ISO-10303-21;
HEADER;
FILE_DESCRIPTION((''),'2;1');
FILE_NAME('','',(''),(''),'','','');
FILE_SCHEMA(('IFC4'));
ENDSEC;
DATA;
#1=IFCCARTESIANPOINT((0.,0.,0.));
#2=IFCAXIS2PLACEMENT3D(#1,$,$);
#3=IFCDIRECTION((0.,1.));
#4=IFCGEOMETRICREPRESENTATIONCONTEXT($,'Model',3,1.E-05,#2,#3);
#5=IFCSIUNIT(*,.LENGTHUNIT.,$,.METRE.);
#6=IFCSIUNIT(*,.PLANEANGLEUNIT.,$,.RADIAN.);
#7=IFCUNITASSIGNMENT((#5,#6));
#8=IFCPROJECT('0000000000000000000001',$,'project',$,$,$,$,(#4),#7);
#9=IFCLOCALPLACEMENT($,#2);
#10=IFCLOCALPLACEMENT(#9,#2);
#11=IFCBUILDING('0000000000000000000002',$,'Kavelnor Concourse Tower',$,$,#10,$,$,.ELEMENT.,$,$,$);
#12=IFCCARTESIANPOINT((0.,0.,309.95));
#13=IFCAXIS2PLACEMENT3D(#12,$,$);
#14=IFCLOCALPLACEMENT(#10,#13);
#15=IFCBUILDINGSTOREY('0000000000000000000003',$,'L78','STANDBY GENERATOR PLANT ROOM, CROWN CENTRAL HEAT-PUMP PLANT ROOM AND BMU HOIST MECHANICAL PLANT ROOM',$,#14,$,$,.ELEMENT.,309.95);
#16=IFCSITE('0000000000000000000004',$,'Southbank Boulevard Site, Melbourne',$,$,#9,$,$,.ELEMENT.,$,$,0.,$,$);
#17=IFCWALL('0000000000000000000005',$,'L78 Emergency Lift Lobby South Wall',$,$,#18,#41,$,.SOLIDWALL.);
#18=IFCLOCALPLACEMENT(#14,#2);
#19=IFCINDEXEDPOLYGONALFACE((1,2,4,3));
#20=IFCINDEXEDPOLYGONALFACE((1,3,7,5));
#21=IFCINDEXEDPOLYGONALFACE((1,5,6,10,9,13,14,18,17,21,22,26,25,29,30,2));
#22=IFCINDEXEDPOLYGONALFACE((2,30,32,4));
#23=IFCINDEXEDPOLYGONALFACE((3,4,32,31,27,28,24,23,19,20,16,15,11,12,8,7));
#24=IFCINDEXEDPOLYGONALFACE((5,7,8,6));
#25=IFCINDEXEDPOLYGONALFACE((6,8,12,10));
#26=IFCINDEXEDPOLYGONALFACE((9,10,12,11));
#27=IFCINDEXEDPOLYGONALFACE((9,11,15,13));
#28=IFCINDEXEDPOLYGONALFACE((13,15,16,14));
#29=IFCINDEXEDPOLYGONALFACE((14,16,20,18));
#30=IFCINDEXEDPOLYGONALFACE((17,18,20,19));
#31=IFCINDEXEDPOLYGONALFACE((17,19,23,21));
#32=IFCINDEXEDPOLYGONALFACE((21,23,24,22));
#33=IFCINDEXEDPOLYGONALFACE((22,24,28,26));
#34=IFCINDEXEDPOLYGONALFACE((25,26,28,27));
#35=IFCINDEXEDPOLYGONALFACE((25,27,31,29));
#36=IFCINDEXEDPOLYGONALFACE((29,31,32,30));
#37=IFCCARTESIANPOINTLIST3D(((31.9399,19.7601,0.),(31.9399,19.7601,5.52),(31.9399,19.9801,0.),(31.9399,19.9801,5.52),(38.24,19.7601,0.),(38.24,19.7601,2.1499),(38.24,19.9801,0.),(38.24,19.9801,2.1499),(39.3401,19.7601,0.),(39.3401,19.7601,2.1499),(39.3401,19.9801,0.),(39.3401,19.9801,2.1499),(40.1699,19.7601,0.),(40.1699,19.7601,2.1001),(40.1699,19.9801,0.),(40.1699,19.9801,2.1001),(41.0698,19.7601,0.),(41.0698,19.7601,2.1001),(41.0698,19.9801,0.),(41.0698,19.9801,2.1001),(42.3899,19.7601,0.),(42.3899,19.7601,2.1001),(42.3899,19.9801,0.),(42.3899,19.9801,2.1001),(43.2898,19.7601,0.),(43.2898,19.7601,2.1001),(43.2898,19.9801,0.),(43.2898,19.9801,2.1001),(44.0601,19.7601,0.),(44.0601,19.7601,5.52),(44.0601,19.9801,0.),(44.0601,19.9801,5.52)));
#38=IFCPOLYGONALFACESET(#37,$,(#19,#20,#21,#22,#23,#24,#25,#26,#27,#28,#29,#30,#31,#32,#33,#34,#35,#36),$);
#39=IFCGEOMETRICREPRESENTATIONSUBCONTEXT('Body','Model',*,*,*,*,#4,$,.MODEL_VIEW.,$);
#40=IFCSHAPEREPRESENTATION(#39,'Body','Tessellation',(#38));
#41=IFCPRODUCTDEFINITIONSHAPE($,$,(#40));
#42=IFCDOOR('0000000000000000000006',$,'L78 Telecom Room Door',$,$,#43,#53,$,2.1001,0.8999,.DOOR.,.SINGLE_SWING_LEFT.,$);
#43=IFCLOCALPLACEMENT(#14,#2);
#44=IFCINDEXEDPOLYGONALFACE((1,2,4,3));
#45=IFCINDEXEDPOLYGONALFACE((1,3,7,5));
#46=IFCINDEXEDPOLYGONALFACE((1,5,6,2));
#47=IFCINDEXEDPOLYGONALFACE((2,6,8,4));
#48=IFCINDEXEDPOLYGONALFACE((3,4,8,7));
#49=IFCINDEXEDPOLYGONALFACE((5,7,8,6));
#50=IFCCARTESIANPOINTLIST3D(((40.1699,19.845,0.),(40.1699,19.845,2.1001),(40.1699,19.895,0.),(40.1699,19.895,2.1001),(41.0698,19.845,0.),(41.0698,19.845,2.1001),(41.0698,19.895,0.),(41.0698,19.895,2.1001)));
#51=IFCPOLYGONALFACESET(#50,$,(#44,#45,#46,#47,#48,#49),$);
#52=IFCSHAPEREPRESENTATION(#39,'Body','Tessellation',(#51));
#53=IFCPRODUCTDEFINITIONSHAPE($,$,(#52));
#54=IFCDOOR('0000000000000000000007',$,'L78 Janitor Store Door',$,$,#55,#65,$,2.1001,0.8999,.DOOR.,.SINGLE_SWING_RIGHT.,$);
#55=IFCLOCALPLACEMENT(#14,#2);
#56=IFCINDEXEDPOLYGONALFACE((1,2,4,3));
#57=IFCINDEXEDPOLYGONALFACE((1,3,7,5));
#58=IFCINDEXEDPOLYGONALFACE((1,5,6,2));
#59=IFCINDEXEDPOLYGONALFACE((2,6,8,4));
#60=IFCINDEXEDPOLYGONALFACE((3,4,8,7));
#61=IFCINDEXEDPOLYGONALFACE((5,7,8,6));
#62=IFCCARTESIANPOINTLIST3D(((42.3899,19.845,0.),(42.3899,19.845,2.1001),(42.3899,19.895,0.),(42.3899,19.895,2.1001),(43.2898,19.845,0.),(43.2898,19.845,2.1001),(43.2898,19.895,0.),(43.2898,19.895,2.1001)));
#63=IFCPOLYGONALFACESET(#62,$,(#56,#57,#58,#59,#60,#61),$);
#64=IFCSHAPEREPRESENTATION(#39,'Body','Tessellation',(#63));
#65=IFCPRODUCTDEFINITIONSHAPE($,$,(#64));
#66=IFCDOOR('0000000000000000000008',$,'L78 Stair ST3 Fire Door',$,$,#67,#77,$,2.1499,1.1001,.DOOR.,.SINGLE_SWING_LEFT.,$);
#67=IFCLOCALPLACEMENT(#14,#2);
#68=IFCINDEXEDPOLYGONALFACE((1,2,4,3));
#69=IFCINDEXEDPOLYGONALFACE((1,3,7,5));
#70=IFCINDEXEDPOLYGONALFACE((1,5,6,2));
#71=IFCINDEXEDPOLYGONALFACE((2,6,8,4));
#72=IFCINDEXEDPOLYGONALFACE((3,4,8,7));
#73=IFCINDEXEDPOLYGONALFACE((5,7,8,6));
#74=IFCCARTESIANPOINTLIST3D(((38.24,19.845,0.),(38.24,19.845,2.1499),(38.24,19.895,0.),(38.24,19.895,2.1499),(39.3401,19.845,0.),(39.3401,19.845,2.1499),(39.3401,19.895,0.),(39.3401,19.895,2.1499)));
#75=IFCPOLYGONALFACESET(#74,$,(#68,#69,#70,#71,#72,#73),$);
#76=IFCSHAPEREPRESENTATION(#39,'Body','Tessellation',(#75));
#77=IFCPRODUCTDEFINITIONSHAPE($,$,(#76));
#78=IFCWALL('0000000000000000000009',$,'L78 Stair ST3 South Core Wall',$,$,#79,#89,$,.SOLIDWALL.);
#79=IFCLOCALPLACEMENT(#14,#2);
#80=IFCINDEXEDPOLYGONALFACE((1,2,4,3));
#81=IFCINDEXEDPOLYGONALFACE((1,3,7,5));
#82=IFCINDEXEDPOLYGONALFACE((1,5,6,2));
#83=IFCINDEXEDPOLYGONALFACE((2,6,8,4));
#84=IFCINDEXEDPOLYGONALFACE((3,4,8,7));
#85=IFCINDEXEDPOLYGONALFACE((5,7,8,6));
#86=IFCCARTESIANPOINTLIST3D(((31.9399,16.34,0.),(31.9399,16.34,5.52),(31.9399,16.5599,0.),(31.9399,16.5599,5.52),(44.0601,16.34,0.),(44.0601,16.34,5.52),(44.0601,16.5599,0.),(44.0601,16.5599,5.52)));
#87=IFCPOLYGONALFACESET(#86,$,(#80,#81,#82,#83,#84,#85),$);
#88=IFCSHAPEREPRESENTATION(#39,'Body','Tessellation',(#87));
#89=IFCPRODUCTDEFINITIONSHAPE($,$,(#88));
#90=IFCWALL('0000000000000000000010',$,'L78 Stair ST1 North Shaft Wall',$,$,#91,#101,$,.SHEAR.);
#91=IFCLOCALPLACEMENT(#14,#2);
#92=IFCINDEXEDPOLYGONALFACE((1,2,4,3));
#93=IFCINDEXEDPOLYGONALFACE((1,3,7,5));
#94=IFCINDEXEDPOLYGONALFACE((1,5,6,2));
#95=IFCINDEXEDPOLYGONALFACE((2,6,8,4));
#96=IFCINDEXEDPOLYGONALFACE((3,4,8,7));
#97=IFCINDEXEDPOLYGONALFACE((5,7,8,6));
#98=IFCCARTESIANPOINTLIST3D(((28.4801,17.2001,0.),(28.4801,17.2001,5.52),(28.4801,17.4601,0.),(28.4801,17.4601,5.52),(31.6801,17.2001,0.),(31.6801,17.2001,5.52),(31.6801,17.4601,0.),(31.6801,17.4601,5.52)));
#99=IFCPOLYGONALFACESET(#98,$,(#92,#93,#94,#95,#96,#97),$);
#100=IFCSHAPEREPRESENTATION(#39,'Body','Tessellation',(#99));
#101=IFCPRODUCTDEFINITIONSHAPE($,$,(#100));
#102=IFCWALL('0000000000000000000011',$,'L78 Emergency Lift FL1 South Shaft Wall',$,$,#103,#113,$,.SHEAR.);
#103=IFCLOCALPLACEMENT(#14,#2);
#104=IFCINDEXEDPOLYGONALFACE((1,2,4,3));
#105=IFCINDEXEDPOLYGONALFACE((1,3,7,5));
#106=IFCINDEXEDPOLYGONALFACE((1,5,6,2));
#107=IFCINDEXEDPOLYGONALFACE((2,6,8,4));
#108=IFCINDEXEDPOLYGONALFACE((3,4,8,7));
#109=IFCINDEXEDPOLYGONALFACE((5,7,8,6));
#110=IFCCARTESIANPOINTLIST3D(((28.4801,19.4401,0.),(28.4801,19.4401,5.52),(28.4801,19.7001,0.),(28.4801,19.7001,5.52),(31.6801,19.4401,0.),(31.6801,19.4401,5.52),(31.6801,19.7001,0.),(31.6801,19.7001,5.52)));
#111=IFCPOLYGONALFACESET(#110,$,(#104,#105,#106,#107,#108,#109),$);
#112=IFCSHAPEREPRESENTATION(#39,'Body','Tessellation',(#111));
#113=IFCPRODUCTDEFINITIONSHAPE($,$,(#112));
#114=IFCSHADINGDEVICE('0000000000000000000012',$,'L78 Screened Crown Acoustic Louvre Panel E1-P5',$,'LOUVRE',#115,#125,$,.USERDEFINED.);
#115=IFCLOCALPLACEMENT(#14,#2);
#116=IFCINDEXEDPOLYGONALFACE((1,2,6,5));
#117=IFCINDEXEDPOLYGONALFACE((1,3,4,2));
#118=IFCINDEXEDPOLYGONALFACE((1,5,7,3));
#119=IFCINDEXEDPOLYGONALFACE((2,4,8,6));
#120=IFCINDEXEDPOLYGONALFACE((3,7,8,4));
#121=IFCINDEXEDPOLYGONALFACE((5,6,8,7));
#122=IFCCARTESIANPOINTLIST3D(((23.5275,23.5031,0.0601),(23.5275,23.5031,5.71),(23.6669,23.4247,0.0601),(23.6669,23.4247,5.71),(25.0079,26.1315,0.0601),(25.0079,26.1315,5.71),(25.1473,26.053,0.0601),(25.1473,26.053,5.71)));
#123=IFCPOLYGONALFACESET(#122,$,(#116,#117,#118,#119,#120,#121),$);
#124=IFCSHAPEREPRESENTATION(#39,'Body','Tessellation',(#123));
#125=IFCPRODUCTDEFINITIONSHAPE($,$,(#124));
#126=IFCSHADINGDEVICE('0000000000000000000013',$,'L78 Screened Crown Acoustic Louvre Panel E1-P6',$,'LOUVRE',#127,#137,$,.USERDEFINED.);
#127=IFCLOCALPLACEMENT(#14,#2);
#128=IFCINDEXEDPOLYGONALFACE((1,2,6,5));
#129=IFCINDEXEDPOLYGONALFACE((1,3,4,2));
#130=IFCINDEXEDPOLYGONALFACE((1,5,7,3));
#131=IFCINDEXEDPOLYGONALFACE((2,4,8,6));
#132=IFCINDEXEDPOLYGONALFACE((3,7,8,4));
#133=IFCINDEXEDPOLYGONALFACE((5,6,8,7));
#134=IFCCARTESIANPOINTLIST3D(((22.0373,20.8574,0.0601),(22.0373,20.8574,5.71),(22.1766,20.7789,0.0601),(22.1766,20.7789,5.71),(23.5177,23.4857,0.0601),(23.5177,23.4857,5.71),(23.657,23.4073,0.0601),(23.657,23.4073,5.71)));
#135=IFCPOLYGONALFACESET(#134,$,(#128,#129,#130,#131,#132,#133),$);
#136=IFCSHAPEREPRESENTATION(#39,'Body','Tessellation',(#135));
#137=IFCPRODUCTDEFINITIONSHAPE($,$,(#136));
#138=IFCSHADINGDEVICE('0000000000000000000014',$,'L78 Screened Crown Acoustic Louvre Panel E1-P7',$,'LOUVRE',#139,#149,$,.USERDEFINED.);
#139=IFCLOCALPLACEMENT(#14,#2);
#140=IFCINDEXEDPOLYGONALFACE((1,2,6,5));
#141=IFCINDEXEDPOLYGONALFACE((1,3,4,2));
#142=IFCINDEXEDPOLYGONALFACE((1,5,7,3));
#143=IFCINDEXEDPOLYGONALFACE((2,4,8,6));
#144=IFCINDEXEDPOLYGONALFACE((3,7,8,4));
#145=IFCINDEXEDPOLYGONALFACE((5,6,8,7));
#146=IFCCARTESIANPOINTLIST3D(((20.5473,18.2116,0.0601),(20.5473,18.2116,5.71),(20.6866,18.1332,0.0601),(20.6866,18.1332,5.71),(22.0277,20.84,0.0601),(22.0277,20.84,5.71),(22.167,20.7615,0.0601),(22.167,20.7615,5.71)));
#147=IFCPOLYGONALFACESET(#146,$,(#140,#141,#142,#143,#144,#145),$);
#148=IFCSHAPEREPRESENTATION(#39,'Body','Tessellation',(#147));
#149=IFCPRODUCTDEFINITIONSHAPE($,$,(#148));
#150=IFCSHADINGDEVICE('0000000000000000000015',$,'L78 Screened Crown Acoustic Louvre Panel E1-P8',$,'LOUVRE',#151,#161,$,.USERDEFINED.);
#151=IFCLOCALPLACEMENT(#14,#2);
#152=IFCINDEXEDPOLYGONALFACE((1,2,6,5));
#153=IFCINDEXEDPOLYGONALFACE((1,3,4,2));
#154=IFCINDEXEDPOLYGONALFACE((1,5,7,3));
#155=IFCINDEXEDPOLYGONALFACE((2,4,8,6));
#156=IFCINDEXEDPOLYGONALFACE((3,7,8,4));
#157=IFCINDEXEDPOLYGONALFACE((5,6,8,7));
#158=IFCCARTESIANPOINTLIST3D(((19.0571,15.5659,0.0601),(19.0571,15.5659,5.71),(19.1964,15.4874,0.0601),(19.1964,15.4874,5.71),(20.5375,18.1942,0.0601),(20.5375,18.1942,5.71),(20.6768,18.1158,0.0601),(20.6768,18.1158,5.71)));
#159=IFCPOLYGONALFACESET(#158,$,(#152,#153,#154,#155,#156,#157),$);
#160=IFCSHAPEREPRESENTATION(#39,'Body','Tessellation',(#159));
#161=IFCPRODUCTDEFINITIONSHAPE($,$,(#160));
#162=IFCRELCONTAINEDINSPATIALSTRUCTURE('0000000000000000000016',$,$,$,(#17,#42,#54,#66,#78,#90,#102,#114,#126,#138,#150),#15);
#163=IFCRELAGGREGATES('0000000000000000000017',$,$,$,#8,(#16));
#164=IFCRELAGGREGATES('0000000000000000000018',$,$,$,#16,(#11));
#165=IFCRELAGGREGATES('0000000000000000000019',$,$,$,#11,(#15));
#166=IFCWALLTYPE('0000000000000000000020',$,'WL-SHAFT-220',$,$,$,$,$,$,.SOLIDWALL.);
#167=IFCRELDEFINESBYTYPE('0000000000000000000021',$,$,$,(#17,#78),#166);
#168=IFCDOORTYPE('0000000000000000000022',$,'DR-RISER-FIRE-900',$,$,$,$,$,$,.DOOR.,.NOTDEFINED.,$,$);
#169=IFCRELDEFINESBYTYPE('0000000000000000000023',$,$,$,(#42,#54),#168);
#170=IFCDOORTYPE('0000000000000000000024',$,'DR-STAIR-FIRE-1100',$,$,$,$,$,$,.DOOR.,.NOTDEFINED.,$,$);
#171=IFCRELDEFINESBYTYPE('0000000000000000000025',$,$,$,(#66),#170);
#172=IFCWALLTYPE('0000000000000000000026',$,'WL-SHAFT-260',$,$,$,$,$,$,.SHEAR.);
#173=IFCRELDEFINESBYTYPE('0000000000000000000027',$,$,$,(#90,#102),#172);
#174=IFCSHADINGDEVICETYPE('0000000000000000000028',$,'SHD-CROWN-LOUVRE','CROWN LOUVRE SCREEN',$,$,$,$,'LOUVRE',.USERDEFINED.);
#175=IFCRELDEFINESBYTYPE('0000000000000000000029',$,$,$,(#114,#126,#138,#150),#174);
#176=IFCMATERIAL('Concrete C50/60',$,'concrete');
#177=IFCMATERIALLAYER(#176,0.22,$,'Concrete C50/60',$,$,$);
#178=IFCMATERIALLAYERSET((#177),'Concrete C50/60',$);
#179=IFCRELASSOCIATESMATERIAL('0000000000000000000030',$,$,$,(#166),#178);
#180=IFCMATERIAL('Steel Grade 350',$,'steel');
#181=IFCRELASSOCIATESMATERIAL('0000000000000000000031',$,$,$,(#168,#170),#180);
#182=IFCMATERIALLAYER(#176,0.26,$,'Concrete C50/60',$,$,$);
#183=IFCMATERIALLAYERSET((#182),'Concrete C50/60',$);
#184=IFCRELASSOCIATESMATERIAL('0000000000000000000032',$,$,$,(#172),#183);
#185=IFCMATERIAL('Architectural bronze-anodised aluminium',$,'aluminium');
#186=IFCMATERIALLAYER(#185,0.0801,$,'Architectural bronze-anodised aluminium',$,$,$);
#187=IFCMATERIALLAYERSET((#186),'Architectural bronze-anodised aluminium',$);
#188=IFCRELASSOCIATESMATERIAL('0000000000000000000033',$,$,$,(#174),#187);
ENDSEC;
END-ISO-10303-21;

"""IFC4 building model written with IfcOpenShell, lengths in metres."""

from ifc_helpers import new_model, si_unit, direction, frame, frame_2d, origin, origin_2d, place, context, subcontext, project, spatial, rectangle, extrude, material, layer, layer_set, type_object, element, fill, save


model = new_model("IFC4")

# Units and contexts
model_context = context("Model", 3, precision=1e-05, world=origin(), true_north=direction((0.0, 1.0)))
body_context = subcontext(model_context, "Body", "Model", "MODEL_VIEW")
ifc_project = project(units=[si_unit("LENGTHUNIT", "METRE"), si_unit("PLANEANGLEUNIT", "RADIAN")], contexts=[model_context])

# Site, building, storey
site_placement = place(None, origin())
site = spatial("IfcSite", under=ifc_project, at=site_placement, Name="Southbank Boulevard Site, Melbourne", CompositionType="ELEMENT", RefElevation=0.0)
building_placement = place(site_placement, origin())
building = spatial("IfcBuilding", under=site, at=building_placement, Name="Kavelnor Concourse Tower", CompositionType="ELEMENT")
storey_placement = place(building_placement, frame((0.0, 0.0, 309.95)))
storey = spatial("IfcBuildingStorey", under=building, at=storey_placement, Name="L78", Description="STANDBY GENERATOR PLANT ROOM, CROWN CENTRAL HEAT-PUMP PLANT ROOM AND BMU HOIST MECHANICAL PLANT ROOM", CompositionType="ELEMENT", Elevation=309.95)

# Shared definitions
ifc_material_1 = material(Name="Steel Grade 350", Category="steel")

# Wall, openings, doors
ifc_material_2 = material(Name="Concrete C50/60", Category="concrete")
ifc_layer_1 = layer(ifc_material_2, 0.22, Name="Concrete C50/60")
ifc_layer_set_1 = layer_set([ifc_layer_1], Name="Concrete C50/60")
wall_type_1 = type_object("IfcWallType", Name="WL-SHAFT-220", PredefinedType="SOLIDWALL", material=ifc_layer_set_1)
wall_1_placement = place(storey_placement, frame((31.9399, 19.8701, 0.0), z_axis=(0.0, 0.0, 1.0), x_axis=(1.0, 0.0, 0.0)))
wall_1 = element("IfcWall", 1, at=wall_1_placement, inside=storey, type_object=wall_type_1, Name="L78 Emergency Lift Lobby South Wall", PredefinedType="SOLIDWALL", context=body_context, shape_type="SweptSolid", body=[
    extrude(rectangle(XDim=12.1201, YDim=0.22, at=frame_2d((6.0601, 0.0))), origin(), (0.0, 0.0, 1.0), 5.52),
])
opening_1_placement = place(wall_1_placement, frame((6.3, 0.0, 0.0)))
opening_1 = element("IfcOpeningElement", 2, at=opening_1_placement, cuts=wall_1, PredefinedType="OPENING", context=body_context, shape_type="SweptSolid", body=[
    extrude(rectangle(XDim=1.1001, YDim=2.1499, at=frame_2d((0.55, 1.075))), frame((0.0, 0.1201, 0.0), z_axis=(0.0, -1.0, 0.0), x_axis=(1.0, 0.0, 0.0)), (0.0, 0.0, 1.0), 0.24),
])
opening_2_placement = place(wall_1_placement, frame((8.23, 0.0, 0.0)))
opening_2 = element("IfcOpeningElement", 3, at=opening_2_placement, cuts=wall_1, PredefinedType="OPENING", context=body_context, shape_type="SweptSolid", body=[
    extrude(rectangle(XDim=0.8999, YDim=2.1001, at=frame_2d((0.45, 1.05))), frame((0.0, 0.1201, 0.0), z_axis=(0.0, -1.0, 0.0), x_axis=(1.0, 0.0, 0.0)), (0.0, 0.0, 1.0), 0.24),
])
opening_3_placement = place(wall_1_placement, frame((10.45, 0.0, 0.0)))
opening_3 = element("IfcOpeningElement", 4, at=opening_3_placement, cuts=wall_1, PredefinedType="OPENING", context=body_context, shape_type="SweptSolid", body=[
    extrude(rectangle(XDim=0.8999, YDim=2.1001, at=frame_2d((0.45, 1.05))), frame((0.0, 0.1201, 0.0), z_axis=(0.0, -1.0, 0.0), x_axis=(1.0, 0.0, 0.0)), (0.0, 0.0, 1.0), 0.24),
])
door_type_1 = type_object("IfcDoorType", Name="DR-RISER-FIRE-900", OperationType="NOTDEFINED", PredefinedType="DOOR", material=ifc_material_1)
door_1_placement = place(opening_2_placement, origin())
door_1 = element("IfcDoor", 5, at=door_1_placement, inside=storey, type_object=door_type_1, Name="L78 Telecom Room Door", OperationType="SINGLE_SWING_LEFT", OverallHeight=2.1001, OverallWidth=0.8999, PredefinedType="DOOR", context=body_context, shape_type="SweptSolid", body=[
    extrude(rectangle(XDim=0.8999, YDim=2.1001, at=frame_2d((0.45, 1.05))), frame((0.0, 0.0249, 0.0), z_axis=(0.0, -1.0, 0.0), x_axis=(1.0, 0.0, 0.0)), (0.0, 0.0, 1.0), 0.05),
])
fill(opening_2, door_1)
door_2_placement = place(opening_3_placement, origin())
door_2 = element("IfcDoor", 6, at=door_2_placement, inside=storey, type_object=door_type_1, Name="L78 Janitor Store Door", OperationType="SINGLE_SWING_RIGHT", OverallHeight=2.1001, OverallWidth=0.8999, PredefinedType="DOOR", context=body_context, shape_type="SweptSolid", body=[
    extrude(rectangle(XDim=0.8999, YDim=2.1001, at=frame_2d((0.45, 1.05))), frame((0.0, 0.0249, 0.0), z_axis=(0.0, -1.0, 0.0), x_axis=(1.0, 0.0, 0.0)), (0.0, 0.0, 1.0), 0.05),
])
fill(opening_3, door_2)
door_type_2 = type_object("IfcDoorType", Name="DR-STAIR-FIRE-1100", OperationType="NOTDEFINED", PredefinedType="DOOR", material=ifc_material_1)
door_3_placement = place(opening_1_placement, origin())
door_3 = element("IfcDoor", 7, at=door_3_placement, inside=storey, type_object=door_type_2, Name="L78 Stair ST3 Fire Door", OperationType="SINGLE_SWING_LEFT", OverallHeight=2.1499, OverallWidth=1.1001, PredefinedType="DOOR", context=body_context, shape_type="SweptSolid", body=[
    extrude(rectangle(XDim=1.1001, YDim=2.1499, at=frame_2d((0.55, 1.075))), frame((0.0, 0.0249, 0.0), z_axis=(0.0, -1.0, 0.0), x_axis=(1.0, 0.0, 0.0)), (0.0, 0.0, 1.0), 0.05),
])
fill(opening_1, door_3)

# Walls
wall_2_placement = place(storey_placement, frame((31.9399, 16.45, 0.0), z_axis=(0.0, 0.0, 1.0), x_axis=(1.0, 0.0, 0.0)))
element("IfcWall", 8, at=wall_2_placement, inside=storey, type_object=wall_type_1, Name="L78 Stair ST3 South Core Wall", PredefinedType="SOLIDWALL", context=body_context, shape_type="SweptSolid", body=[
    extrude(rectangle(XDim=12.1201, YDim=0.22, at=frame_2d((6.0601, 0.0))), origin(), (0.0, 0.0, 1.0), 5.52),
])
ifc_layer_2 = layer(ifc_material_2, 0.26, Name="Concrete C50/60")
ifc_layer_set_2 = layer_set([ifc_layer_2], Name="Concrete C50/60")
wall_type_2 = type_object("IfcWallType", Name="WL-SHAFT-260", PredefinedType="SHEAR", material=ifc_layer_set_2)
for number, where, z_axis, x_axis, name in (
    (9, (28.48, 17.3301, 0.0), (0.0, 0.0, 1.0), (1.0, 0.0, 0.0), "L78 Stair ST1 North Shaft Wall"),
    (10, (28.48, 19.5701, 0.0), (0.0, 0.0, 1.0), (1.0, 0.0, 0.0), "L78 Emergency Lift FL1 South Shaft Wall"),
):
    element("IfcWall", number, at=place(storey_placement, frame(where, z_axis=z_axis, x_axis=x_axis)), inside=storey, type_object=wall_type_2, Name=name, PredefinedType="SHEAR", context=body_context, shape_type="SweptSolid", body=[
        extrude(rectangle(XDim=3.2, YDim=0.26, at=frame_2d((1.6001, 0.0))), origin(), (0.0, 0.0, 1.0), 5.52),
    ])

# Shading devices
ifc_material_3 = material(Name="Architectural bronze-anodised aluminium", Category="aluminium")
ifc_layer_3 = layer(ifc_material_3, 0.0801, Name="Architectural bronze-anodised aluminium")
ifc_layer_set_3 = layer_set([ifc_layer_3], Name="Architectural bronze-anodised aluminium")
shading_device_type = type_object("IfcShadingDeviceType", Name="SHD-CROWN-LOUVRE", Description="CROWN LOUVRE SCREEN", ElementType="LOUVRE", PredefinedType="USERDEFINED", material=ifc_layer_set_3)
for number, where, z_axis, x_axis, name in (
    (11, (24.3374, 24.7781, 0.0601), (0.0, 0.0, 1.0), (-0.490752, -0.871299, 0.0), "L78 Screened Crown Acoustic Louvre Panel E1-P5"),
    (12, (22.8472, 22.1323, 0.0601), (0.0, 0.0, 1.0), (-0.490752, -0.871299, 0.0), "L78 Screened Crown Acoustic Louvre Panel E1-P6"),
    (13, (21.3572, 19.4866, 0.0601), (0.0, 0.0, 1.0), (-0.490752, -0.871299, 0.0), "L78 Screened Crown Acoustic Louvre Panel E1-P7"),
    (14, (19.8669, 16.8408, 0.0601), (0.0, 0.0, 1.0), (-0.490752, -0.871299, 0.0), "L78 Screened Crown Acoustic Louvre Panel E1-P8"),
):
    element("IfcShadingDevice", number, at=place(storey_placement, frame(where, z_axis=z_axis, x_axis=x_axis)), inside=storey, type_object=shading_device_type, Name=name, ObjectType="LOUVRE", PredefinedType="USERDEFINED", context=body_context, shape_type="SweptSolid", body=[
        extrude(rectangle(XDim=3.0166, YDim=0.1599, at=origin_2d()), origin(), (0.0, 0.0, 1.0), 5.6499),
    ])

save(model, "model.ifc")
